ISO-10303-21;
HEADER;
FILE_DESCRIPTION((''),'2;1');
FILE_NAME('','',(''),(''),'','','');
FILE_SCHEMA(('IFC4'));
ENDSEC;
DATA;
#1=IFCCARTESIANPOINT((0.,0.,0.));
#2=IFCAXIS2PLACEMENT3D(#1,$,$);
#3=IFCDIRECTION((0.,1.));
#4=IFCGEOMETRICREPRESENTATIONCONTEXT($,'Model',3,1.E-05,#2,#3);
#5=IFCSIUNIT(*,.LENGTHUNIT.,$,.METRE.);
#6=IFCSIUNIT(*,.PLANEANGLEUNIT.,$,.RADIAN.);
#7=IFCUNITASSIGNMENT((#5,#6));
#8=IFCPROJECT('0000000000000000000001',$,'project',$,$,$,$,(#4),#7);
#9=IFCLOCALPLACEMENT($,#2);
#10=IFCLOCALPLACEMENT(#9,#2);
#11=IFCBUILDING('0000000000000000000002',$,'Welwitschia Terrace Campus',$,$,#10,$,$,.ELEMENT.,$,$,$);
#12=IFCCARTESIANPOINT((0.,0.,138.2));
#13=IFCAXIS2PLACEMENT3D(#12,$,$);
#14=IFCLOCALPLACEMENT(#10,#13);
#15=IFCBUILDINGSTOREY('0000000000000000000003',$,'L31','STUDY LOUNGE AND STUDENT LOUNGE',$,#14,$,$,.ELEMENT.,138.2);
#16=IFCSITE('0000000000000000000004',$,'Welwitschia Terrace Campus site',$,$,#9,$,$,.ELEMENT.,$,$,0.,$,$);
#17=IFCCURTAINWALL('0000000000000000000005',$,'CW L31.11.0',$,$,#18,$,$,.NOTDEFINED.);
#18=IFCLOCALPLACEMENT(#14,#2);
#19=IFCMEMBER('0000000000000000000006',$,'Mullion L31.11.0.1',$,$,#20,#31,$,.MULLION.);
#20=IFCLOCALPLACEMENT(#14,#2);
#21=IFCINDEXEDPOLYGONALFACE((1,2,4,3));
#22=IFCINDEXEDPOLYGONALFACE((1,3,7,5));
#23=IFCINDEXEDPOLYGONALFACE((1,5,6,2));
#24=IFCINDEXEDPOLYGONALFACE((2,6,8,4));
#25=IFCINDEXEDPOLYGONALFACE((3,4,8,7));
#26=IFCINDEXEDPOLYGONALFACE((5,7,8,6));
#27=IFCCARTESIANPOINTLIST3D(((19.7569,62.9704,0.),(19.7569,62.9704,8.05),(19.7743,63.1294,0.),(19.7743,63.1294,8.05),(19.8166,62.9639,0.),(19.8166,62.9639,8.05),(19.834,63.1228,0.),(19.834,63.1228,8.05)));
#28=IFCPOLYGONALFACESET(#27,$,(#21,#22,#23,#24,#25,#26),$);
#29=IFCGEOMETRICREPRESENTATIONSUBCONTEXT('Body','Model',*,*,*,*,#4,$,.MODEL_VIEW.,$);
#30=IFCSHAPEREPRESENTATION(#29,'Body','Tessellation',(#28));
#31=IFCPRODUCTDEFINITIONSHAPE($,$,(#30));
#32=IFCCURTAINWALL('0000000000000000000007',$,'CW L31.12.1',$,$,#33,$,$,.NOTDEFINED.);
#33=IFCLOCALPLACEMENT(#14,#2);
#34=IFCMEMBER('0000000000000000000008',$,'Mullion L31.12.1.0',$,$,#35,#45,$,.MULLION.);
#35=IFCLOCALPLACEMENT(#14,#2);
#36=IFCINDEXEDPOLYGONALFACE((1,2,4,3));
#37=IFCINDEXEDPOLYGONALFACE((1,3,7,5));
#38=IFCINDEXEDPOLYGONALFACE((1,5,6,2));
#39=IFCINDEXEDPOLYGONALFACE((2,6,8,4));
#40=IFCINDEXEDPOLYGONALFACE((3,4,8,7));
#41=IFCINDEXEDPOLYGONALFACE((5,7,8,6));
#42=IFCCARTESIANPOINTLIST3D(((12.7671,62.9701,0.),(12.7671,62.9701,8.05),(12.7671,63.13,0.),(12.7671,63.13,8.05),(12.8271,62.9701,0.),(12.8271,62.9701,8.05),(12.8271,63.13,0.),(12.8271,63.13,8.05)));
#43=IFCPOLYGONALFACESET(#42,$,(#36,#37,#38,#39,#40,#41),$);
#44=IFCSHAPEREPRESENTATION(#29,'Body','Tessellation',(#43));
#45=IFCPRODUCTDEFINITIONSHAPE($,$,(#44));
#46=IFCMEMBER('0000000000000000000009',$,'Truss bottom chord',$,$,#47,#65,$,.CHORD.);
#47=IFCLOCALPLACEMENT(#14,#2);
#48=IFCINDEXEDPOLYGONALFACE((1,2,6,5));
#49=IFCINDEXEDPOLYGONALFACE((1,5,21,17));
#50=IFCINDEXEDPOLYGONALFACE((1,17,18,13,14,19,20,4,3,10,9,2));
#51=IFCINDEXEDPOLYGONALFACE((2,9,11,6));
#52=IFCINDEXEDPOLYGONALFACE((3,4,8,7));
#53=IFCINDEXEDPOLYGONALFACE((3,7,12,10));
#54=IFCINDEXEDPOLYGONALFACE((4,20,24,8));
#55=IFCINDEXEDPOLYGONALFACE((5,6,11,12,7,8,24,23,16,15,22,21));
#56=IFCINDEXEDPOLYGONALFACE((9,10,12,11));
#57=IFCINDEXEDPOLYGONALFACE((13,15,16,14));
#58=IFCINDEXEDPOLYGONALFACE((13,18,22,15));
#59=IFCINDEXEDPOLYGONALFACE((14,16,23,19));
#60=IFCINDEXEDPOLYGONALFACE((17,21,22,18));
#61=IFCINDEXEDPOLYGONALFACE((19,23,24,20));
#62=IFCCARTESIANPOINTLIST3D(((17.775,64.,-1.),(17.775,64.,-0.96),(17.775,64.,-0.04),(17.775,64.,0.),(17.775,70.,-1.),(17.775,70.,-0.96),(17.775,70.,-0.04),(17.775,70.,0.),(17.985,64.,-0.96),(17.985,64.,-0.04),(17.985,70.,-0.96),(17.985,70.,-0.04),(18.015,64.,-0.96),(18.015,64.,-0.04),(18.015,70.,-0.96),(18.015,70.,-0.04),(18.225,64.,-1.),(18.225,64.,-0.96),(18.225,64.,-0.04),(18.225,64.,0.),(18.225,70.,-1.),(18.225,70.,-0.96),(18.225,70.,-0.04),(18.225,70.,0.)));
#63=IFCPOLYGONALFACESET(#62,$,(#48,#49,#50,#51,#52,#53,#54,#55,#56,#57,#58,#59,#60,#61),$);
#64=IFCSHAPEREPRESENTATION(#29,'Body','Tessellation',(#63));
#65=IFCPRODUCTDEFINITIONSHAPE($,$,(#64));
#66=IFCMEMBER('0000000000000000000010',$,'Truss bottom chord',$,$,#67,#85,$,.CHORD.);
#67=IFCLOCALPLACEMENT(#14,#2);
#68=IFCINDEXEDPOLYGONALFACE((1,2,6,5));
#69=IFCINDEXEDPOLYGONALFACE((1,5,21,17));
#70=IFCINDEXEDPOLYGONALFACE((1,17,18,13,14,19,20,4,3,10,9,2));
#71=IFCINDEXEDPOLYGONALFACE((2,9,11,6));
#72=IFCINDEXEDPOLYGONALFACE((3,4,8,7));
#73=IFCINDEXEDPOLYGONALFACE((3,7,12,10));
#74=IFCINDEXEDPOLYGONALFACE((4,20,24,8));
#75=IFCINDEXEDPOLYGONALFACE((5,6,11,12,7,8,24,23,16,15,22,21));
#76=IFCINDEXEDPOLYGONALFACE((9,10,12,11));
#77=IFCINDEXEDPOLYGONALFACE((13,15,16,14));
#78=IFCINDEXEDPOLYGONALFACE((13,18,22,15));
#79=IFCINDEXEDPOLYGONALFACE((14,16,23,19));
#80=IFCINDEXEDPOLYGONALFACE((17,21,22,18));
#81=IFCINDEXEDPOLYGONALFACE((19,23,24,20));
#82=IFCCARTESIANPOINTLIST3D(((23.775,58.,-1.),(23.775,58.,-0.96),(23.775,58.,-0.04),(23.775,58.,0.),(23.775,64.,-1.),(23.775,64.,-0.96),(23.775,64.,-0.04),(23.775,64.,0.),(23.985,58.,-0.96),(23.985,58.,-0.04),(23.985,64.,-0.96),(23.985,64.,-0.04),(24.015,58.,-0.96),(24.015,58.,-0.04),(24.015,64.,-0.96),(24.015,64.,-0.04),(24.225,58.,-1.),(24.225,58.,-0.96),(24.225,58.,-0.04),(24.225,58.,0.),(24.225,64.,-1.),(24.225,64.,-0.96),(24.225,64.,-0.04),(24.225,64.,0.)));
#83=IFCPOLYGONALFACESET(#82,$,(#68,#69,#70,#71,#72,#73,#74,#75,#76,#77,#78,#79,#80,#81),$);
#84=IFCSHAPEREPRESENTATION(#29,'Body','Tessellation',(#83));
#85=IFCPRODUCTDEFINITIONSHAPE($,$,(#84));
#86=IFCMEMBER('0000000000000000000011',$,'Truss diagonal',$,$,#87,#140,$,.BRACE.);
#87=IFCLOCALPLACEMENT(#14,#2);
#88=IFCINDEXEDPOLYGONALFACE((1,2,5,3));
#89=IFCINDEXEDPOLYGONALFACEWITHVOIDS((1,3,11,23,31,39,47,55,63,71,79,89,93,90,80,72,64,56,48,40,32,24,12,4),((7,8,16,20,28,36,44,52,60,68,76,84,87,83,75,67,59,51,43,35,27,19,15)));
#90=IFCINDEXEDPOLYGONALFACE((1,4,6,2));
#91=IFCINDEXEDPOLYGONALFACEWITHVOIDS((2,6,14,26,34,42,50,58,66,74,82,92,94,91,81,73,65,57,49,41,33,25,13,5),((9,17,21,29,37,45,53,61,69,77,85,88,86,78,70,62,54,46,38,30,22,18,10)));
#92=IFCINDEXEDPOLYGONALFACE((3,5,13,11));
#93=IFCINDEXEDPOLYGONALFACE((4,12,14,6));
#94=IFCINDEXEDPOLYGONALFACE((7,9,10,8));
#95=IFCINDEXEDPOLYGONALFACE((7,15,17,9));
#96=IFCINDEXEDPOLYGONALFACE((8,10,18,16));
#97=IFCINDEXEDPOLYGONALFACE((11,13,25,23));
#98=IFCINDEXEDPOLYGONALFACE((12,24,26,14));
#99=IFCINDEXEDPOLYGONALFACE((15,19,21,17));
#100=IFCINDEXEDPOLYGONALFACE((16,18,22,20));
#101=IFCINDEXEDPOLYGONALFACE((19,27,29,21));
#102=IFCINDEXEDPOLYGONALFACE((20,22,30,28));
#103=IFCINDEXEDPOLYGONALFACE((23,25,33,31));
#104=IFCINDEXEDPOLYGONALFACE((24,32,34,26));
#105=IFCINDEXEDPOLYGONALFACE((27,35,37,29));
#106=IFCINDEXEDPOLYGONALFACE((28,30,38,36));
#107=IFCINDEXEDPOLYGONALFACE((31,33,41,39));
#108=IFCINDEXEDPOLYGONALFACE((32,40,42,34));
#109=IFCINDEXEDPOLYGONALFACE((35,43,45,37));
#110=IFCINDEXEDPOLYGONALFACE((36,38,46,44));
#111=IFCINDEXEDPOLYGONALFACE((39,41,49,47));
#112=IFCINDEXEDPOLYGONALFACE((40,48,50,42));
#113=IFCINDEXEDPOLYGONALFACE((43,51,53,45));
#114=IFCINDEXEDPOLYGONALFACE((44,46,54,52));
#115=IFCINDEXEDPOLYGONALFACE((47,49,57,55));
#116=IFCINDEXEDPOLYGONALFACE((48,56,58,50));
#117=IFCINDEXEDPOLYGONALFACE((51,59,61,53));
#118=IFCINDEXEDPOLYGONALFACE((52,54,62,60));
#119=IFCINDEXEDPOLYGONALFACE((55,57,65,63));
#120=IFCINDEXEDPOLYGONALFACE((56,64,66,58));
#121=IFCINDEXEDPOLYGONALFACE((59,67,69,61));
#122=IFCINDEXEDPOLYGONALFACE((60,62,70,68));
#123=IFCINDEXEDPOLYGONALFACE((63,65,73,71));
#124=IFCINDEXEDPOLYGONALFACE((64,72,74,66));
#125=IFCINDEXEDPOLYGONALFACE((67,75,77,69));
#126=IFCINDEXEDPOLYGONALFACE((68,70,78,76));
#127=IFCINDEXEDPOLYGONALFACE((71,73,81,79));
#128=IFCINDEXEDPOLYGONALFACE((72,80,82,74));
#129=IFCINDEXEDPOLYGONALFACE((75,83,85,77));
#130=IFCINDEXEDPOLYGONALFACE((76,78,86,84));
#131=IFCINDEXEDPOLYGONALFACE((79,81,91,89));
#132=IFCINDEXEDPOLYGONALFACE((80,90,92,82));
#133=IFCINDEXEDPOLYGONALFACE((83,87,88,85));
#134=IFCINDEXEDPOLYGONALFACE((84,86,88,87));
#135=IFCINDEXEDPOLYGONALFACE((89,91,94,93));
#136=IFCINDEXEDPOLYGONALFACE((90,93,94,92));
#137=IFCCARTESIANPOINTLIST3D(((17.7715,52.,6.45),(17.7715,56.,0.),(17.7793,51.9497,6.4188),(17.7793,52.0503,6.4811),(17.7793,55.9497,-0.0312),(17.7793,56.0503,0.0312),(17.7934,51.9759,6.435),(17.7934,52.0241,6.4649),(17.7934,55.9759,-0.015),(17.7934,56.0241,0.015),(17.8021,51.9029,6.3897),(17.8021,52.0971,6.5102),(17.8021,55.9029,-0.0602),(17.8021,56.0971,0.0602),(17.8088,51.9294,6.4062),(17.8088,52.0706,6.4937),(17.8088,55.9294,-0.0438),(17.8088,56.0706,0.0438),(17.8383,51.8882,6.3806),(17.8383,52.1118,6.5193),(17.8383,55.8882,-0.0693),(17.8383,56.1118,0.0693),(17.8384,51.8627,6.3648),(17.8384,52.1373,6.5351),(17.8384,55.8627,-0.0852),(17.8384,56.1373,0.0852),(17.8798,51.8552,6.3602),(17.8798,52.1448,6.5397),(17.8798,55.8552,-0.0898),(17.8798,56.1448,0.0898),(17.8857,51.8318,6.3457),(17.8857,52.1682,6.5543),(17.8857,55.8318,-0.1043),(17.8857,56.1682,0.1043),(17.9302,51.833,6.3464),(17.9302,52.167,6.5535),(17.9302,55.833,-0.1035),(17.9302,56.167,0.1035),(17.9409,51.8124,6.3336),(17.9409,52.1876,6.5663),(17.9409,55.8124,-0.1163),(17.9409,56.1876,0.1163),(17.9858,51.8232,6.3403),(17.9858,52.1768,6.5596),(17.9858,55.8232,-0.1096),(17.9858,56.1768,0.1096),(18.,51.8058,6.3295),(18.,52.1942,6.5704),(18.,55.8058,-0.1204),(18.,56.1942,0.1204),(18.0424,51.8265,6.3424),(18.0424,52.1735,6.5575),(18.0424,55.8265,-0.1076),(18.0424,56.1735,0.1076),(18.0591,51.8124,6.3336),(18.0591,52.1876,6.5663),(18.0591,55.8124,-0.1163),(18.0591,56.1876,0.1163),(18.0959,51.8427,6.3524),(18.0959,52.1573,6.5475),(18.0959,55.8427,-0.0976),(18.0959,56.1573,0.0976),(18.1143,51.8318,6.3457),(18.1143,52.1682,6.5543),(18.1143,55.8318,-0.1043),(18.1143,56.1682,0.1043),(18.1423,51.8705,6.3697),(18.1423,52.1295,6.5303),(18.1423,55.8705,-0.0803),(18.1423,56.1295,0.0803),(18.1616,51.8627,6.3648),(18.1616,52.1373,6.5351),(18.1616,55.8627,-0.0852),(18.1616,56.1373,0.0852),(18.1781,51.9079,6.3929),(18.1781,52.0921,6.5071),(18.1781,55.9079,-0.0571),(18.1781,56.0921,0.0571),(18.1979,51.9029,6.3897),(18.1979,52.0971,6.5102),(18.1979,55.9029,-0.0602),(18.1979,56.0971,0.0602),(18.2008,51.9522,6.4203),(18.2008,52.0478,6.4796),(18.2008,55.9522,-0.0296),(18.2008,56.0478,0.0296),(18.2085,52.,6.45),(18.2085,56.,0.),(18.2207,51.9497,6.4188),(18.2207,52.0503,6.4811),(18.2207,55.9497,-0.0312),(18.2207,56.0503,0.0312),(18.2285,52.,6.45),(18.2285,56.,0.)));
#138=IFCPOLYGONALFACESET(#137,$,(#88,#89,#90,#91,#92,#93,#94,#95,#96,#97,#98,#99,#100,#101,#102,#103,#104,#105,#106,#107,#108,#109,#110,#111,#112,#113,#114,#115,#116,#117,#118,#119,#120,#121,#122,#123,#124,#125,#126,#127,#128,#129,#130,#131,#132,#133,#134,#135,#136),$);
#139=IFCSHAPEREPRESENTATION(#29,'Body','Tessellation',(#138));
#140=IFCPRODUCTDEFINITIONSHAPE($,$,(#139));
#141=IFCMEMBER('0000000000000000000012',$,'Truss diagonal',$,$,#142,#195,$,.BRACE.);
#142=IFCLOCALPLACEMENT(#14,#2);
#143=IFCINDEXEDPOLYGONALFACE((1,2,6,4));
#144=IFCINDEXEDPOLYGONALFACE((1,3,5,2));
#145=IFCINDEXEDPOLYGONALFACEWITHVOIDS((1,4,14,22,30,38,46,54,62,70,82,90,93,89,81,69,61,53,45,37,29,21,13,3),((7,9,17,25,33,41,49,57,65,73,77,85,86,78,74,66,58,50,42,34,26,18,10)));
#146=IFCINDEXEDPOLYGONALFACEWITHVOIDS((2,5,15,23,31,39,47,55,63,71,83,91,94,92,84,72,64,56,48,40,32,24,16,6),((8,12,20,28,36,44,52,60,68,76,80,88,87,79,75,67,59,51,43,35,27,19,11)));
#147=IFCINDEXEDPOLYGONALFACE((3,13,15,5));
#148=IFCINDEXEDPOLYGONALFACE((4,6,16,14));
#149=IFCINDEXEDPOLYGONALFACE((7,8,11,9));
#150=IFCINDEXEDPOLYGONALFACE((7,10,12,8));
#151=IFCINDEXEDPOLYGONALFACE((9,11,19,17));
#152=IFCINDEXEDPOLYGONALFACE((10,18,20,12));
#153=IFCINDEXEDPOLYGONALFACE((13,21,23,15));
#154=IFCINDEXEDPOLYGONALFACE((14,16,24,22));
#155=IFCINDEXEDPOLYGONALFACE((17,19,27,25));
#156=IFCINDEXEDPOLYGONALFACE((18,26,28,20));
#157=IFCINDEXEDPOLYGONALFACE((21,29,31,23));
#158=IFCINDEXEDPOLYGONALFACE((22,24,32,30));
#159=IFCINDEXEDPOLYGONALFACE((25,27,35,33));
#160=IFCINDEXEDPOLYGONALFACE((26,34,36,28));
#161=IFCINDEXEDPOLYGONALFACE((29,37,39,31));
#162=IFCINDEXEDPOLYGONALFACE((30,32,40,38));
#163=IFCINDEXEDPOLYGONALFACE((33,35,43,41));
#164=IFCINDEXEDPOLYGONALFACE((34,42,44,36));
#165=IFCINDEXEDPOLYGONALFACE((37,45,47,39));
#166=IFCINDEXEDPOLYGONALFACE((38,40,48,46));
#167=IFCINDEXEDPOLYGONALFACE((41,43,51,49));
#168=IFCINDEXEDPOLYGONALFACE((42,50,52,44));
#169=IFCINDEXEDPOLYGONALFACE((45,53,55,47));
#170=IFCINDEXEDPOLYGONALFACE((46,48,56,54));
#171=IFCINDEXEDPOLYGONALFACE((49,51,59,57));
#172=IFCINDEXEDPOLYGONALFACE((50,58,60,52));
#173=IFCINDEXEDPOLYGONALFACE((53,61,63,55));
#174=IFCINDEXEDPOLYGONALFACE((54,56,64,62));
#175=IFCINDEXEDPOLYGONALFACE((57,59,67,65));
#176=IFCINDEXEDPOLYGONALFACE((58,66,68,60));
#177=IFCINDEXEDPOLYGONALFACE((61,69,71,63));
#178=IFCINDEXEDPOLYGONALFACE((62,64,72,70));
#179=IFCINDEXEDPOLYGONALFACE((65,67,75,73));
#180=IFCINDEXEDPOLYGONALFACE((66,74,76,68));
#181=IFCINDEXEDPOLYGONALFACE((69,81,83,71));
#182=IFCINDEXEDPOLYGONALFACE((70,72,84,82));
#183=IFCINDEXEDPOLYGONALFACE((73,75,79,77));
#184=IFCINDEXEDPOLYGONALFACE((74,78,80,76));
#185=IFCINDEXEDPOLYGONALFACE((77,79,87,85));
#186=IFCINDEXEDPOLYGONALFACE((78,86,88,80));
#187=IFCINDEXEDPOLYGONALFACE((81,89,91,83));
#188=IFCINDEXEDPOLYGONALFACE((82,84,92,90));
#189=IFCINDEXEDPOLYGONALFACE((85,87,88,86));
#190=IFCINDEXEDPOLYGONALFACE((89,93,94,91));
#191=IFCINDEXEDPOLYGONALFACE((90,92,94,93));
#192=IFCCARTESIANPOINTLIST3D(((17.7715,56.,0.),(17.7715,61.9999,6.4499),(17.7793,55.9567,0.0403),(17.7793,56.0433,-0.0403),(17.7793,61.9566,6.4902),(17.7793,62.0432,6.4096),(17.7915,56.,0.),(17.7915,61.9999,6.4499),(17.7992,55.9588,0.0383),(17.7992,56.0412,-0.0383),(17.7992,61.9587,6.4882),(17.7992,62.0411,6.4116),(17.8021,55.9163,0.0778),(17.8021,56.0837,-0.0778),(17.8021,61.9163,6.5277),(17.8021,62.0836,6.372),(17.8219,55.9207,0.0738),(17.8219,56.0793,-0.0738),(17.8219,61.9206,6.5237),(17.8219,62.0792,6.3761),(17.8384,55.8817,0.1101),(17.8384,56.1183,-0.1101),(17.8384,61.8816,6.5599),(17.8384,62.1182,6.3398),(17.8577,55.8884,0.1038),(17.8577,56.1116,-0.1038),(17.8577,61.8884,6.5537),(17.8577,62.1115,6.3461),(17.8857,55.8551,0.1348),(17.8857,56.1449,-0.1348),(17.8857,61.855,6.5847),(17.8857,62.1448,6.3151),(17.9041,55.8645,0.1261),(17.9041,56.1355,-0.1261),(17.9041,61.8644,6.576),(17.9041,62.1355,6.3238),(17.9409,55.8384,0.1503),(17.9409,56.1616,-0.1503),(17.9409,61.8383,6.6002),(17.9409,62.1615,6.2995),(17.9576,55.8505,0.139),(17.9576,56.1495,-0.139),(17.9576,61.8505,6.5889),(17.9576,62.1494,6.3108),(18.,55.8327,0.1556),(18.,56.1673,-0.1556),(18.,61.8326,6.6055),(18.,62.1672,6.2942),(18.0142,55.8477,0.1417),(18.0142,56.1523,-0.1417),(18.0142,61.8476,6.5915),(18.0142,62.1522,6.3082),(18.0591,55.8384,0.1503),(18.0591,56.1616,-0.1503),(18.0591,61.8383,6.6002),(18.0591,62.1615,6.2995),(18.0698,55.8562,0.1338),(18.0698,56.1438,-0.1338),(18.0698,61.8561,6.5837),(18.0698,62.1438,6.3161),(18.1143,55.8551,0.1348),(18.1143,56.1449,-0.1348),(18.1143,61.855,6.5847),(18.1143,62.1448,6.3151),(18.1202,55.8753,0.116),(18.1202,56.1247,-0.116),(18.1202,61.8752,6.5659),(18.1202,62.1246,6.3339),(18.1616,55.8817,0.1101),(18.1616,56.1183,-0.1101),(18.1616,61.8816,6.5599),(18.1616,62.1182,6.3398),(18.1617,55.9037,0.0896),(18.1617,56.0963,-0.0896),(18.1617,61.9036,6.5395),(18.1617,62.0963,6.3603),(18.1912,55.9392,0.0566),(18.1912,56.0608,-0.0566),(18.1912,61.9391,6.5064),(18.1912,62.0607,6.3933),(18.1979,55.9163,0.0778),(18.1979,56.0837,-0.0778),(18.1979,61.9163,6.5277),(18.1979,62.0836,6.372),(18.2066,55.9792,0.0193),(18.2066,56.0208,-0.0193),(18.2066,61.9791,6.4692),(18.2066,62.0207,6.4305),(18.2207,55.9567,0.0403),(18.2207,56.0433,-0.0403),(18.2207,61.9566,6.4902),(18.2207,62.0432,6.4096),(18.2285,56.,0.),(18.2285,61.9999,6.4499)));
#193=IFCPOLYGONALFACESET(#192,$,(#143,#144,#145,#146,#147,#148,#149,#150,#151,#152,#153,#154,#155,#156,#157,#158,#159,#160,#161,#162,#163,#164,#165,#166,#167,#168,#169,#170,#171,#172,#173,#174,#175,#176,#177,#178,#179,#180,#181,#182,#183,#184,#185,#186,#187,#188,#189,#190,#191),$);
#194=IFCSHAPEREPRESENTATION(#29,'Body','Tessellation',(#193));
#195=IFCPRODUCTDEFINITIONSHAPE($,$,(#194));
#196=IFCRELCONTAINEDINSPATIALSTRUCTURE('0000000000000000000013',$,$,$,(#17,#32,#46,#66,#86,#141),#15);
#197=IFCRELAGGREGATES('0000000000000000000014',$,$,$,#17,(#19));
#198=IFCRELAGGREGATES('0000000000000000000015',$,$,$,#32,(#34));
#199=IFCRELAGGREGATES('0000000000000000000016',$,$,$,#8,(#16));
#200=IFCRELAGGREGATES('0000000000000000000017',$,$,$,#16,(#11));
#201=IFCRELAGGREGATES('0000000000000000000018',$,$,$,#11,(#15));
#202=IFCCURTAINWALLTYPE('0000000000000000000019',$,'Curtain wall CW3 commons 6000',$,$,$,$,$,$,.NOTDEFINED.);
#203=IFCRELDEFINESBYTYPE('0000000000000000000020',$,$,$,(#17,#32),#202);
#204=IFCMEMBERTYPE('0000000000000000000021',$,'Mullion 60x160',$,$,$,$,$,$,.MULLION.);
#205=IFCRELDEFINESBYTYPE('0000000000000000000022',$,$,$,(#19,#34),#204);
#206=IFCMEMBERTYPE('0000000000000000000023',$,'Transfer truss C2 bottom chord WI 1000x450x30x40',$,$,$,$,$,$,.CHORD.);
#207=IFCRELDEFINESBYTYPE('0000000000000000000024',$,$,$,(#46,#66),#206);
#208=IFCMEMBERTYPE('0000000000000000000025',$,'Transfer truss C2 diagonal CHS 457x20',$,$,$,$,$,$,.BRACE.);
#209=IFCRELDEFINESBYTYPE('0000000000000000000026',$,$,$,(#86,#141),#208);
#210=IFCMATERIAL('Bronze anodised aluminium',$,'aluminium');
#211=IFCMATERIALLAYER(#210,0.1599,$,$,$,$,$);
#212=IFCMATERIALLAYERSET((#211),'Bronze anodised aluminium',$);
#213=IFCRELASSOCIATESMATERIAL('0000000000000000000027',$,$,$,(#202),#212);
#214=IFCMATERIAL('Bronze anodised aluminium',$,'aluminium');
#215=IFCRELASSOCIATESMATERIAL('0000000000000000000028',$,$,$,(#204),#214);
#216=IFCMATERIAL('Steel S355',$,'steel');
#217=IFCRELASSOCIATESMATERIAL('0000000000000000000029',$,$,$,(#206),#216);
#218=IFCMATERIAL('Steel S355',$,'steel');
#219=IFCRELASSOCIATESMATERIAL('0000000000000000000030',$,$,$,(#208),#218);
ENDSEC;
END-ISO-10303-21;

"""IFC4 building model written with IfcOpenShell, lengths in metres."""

from ifc_helpers import new_model, si_unit, direction, frame, origin, origin_2d, place, context, subcontext, project, spatial, rectangle, hollow_circle, i_section, extrude, material, layer, layer_set, material_profile, profile_set, type_object, element, aggregate, save


model = new_model("IFC4")

# Units and contexts
model_context = context("Model", 3, precision=1e-05, world=origin(), true_north=direction((0.0, 1.0)))
body_context = subcontext(model_context, "Body", "Model", "MODEL_VIEW")
ifc_project = project(units=[si_unit("LENGTHUNIT", "METRE"), si_unit("PLANEANGLEUNIT", "RADIAN")], contexts=[model_context])

# Site, building, storey
site_placement = place(None, origin())
site = spatial("IfcSite", under=ifc_project, at=site_placement, Name="Welwitschia Terrace Campus site", CompositionType="ELEMENT", RefElevation=0.0)
building_placement = place(site_placement, origin())
building = spatial("IfcBuilding", under=site, at=building_placement, Name="Welwitschia Terrace Campus", CompositionType="ELEMENT")
storey_placement = place(building_placement, frame((0.0, 0.0, 138.2)))
storey = spatial("IfcBuildingStorey", under=building, at=storey_placement, Name="L31", Description="STUDY LOUNGE AND STUDENT LOUNGE", CompositionType="ELEMENT", Elevation=138.2)

# Curtain walls, members
ifc_material_1 = material(Name="Bronze anodised aluminium", Category="aluminium")
ifc_layer_1 = layer(ifc_material_1, 0.1599)
ifc_layer_set_1 = layer_set([ifc_layer_1], Name="Bronze anodised aluminium")
curtain_wall_type = type_object("IfcCurtainWallType", Name="Curtain wall CW3 commons 6000", PredefinedType="NOTDEFINED", material=ifc_layer_set_1)
curtain_wall_1_placement = place(storey_placement, origin())
curtain_wall_1 = element("IfcCurtainWall", 1, at=curtain_wall_1_placement, inside=storey, type_object=curtain_wall_type, Name="CW L31.11.0", PredefinedType="NOTDEFINED")
ifc_material_2 = material(Name="Bronze anodised aluminium", Category="aluminium")
ifc_material_profile_1 = material_profile(ifc_material_2, rectangle(XDim=0.1599, YDim=0.0601, at=origin_2d()))
ifc_profile_set_1 = profile_set([ifc_material_profile_1], Name="Bronze anodised aluminium")
member_type_1 = type_object("IfcMemberType", Name="Mullion 60x160", PredefinedType="MULLION", material=ifc_profile_set_1)
member_1_placement = place(storey_placement, frame((19.7954, 63.0466, 0.0), z_axis=(0.0, 0.0, 1.0), x_axis=(-0.108867, -0.994056, 0.0)))
member_1 = element("IfcMember", 2, at=member_1_placement, type_object=member_type_1, Name="Mullion L31.11.0.1", PredefinedType="MULLION", context=body_context, shape_type="SweptSolid", body=[
    extrude(rectangle(XDim=0.1599, YDim=0.0601, at=origin_2d()), origin(), (0.0, 0.0, 1.0), 8.05),
])
aggregate(curtain_wall_1, [member_1])
curtain_wall_2_placement = place(storey_placement, origin())
curtain_wall_2 = element("IfcCurtainWall", 3, at=curtain_wall_2_placement, inside=storey, type_object=curtain_wall_type, Name="CW L31.12.1", PredefinedType="NOTDEFINED")
member_2_placement = place(storey_placement, frame((12.7971, 63.05, 0.0), z_axis=(0.0, 0.0, 1.0), x_axis=(0.0, -1.0, 0.0)))
member_2 = element("IfcMember", 4, at=member_2_placement, type_object=member_type_1, Name="Mullion L31.12.1.0", PredefinedType="MULLION", context=body_context, shape_type="SweptSolid", body=[
    extrude(rectangle(XDim=0.1599, YDim=0.0601, at=origin_2d()), origin(), (0.0, 0.0, 1.0), 8.05),
])
aggregate(curtain_wall_2, [member_2])

# Members
ifc_material_3 = material(Name="Steel S355", Category="steel")
ifc_material_profile_2 = material_profile(ifc_material_3, i_section(OverallWidth=0.45, OverallDepth=1.0, WebThickness=0.03, FlangeThickness=0.04, at=origin_2d()))
ifc_profile_set_2 = profile_set([ifc_material_profile_2], Name="Steel S355")
member_type_2 = type_object("IfcMemberType", Name="Transfer truss C2 bottom chord WI 1000x450x30x40", PredefinedType="CHORD", material=ifc_profile_set_2)
for number, where, z_axis, x_axis, name in (
    (5, (18.0, 64.0, -0.5), (0.0, 1.0, 0.0), (-1.0, 0.0, 0.0), "Truss bottom chord"),
    (6, (24.0, 58.0, -0.5), (0.0, 1.0, 0.0), (-1.0, 0.0, 0.0), "Truss bottom chord"),
):
    element("IfcMember", number, at=place(storey_placement, frame(where, z_axis=z_axis, x_axis=x_axis)), inside=storey, type_object=member_type_2, Name=name, PredefinedType="CHORD", context=body_context, shape_type="SweptSolid", body=[
        extrude(i_section(OverallWidth=0.45, OverallDepth=1.0, WebThickness=0.03, FlangeThickness=0.04, at=origin_2d()), origin(), (0.0, 0.0, 1.0), 6.0),
    ])
ifc_material_4 = material(Name="Steel S355", Category="steel")
ifc_material_profile_3 = material_profile(ifc_material_4, hollow_circle(Radius=0.2285, WallThickness=0.02, at=origin_2d()))
ifc_profile_set_3 = profile_set([ifc_material_profile_3], Name="Steel S355")
member_type_3 = type_object("IfcMemberType", Name="Transfer truss C2 diagonal CHS 457x20", PredefinedType="BRACE", material=ifc_profile_set_3)
member_3_placement = place(storey_placement, frame((18.0, 56.0, 0.0), z_axis=(0.0, -0.527038, 0.849842), x_axis=(1.0, 0.0, 0.0)))
element("IfcMember", 7, at=member_3_placement, inside=storey, type_object=member_type_3, Name="Truss diagonal", PredefinedType="BRACE", context=body_context, shape_type="SweptSolid", body=[
    extrude(hollow_circle(Radius=0.2285, WallThickness=0.02, at=origin_2d()), origin(), (0.0, 0.0, 1.0), 7.5896),
])
member_4_placement = place(storey_placement, frame((18.0, 56.0, 0.0), z_axis=(0.0, 0.681107, 0.732184), x_axis=(-1.0, 0.0, 0.0)))
element("IfcMember", 8, at=member_4_placement, inside=storey, type_object=member_type_3, Name="Truss diagonal", PredefinedType="BRACE", context=body_context, shape_type="SweptSolid", body=[
    extrude(hollow_circle(Radius=0.2285, WallThickness=0.02, at=origin_2d()), origin(), (0.0, 0.0, 1.0), 8.8091),
])

save(model, "model.ifc")
